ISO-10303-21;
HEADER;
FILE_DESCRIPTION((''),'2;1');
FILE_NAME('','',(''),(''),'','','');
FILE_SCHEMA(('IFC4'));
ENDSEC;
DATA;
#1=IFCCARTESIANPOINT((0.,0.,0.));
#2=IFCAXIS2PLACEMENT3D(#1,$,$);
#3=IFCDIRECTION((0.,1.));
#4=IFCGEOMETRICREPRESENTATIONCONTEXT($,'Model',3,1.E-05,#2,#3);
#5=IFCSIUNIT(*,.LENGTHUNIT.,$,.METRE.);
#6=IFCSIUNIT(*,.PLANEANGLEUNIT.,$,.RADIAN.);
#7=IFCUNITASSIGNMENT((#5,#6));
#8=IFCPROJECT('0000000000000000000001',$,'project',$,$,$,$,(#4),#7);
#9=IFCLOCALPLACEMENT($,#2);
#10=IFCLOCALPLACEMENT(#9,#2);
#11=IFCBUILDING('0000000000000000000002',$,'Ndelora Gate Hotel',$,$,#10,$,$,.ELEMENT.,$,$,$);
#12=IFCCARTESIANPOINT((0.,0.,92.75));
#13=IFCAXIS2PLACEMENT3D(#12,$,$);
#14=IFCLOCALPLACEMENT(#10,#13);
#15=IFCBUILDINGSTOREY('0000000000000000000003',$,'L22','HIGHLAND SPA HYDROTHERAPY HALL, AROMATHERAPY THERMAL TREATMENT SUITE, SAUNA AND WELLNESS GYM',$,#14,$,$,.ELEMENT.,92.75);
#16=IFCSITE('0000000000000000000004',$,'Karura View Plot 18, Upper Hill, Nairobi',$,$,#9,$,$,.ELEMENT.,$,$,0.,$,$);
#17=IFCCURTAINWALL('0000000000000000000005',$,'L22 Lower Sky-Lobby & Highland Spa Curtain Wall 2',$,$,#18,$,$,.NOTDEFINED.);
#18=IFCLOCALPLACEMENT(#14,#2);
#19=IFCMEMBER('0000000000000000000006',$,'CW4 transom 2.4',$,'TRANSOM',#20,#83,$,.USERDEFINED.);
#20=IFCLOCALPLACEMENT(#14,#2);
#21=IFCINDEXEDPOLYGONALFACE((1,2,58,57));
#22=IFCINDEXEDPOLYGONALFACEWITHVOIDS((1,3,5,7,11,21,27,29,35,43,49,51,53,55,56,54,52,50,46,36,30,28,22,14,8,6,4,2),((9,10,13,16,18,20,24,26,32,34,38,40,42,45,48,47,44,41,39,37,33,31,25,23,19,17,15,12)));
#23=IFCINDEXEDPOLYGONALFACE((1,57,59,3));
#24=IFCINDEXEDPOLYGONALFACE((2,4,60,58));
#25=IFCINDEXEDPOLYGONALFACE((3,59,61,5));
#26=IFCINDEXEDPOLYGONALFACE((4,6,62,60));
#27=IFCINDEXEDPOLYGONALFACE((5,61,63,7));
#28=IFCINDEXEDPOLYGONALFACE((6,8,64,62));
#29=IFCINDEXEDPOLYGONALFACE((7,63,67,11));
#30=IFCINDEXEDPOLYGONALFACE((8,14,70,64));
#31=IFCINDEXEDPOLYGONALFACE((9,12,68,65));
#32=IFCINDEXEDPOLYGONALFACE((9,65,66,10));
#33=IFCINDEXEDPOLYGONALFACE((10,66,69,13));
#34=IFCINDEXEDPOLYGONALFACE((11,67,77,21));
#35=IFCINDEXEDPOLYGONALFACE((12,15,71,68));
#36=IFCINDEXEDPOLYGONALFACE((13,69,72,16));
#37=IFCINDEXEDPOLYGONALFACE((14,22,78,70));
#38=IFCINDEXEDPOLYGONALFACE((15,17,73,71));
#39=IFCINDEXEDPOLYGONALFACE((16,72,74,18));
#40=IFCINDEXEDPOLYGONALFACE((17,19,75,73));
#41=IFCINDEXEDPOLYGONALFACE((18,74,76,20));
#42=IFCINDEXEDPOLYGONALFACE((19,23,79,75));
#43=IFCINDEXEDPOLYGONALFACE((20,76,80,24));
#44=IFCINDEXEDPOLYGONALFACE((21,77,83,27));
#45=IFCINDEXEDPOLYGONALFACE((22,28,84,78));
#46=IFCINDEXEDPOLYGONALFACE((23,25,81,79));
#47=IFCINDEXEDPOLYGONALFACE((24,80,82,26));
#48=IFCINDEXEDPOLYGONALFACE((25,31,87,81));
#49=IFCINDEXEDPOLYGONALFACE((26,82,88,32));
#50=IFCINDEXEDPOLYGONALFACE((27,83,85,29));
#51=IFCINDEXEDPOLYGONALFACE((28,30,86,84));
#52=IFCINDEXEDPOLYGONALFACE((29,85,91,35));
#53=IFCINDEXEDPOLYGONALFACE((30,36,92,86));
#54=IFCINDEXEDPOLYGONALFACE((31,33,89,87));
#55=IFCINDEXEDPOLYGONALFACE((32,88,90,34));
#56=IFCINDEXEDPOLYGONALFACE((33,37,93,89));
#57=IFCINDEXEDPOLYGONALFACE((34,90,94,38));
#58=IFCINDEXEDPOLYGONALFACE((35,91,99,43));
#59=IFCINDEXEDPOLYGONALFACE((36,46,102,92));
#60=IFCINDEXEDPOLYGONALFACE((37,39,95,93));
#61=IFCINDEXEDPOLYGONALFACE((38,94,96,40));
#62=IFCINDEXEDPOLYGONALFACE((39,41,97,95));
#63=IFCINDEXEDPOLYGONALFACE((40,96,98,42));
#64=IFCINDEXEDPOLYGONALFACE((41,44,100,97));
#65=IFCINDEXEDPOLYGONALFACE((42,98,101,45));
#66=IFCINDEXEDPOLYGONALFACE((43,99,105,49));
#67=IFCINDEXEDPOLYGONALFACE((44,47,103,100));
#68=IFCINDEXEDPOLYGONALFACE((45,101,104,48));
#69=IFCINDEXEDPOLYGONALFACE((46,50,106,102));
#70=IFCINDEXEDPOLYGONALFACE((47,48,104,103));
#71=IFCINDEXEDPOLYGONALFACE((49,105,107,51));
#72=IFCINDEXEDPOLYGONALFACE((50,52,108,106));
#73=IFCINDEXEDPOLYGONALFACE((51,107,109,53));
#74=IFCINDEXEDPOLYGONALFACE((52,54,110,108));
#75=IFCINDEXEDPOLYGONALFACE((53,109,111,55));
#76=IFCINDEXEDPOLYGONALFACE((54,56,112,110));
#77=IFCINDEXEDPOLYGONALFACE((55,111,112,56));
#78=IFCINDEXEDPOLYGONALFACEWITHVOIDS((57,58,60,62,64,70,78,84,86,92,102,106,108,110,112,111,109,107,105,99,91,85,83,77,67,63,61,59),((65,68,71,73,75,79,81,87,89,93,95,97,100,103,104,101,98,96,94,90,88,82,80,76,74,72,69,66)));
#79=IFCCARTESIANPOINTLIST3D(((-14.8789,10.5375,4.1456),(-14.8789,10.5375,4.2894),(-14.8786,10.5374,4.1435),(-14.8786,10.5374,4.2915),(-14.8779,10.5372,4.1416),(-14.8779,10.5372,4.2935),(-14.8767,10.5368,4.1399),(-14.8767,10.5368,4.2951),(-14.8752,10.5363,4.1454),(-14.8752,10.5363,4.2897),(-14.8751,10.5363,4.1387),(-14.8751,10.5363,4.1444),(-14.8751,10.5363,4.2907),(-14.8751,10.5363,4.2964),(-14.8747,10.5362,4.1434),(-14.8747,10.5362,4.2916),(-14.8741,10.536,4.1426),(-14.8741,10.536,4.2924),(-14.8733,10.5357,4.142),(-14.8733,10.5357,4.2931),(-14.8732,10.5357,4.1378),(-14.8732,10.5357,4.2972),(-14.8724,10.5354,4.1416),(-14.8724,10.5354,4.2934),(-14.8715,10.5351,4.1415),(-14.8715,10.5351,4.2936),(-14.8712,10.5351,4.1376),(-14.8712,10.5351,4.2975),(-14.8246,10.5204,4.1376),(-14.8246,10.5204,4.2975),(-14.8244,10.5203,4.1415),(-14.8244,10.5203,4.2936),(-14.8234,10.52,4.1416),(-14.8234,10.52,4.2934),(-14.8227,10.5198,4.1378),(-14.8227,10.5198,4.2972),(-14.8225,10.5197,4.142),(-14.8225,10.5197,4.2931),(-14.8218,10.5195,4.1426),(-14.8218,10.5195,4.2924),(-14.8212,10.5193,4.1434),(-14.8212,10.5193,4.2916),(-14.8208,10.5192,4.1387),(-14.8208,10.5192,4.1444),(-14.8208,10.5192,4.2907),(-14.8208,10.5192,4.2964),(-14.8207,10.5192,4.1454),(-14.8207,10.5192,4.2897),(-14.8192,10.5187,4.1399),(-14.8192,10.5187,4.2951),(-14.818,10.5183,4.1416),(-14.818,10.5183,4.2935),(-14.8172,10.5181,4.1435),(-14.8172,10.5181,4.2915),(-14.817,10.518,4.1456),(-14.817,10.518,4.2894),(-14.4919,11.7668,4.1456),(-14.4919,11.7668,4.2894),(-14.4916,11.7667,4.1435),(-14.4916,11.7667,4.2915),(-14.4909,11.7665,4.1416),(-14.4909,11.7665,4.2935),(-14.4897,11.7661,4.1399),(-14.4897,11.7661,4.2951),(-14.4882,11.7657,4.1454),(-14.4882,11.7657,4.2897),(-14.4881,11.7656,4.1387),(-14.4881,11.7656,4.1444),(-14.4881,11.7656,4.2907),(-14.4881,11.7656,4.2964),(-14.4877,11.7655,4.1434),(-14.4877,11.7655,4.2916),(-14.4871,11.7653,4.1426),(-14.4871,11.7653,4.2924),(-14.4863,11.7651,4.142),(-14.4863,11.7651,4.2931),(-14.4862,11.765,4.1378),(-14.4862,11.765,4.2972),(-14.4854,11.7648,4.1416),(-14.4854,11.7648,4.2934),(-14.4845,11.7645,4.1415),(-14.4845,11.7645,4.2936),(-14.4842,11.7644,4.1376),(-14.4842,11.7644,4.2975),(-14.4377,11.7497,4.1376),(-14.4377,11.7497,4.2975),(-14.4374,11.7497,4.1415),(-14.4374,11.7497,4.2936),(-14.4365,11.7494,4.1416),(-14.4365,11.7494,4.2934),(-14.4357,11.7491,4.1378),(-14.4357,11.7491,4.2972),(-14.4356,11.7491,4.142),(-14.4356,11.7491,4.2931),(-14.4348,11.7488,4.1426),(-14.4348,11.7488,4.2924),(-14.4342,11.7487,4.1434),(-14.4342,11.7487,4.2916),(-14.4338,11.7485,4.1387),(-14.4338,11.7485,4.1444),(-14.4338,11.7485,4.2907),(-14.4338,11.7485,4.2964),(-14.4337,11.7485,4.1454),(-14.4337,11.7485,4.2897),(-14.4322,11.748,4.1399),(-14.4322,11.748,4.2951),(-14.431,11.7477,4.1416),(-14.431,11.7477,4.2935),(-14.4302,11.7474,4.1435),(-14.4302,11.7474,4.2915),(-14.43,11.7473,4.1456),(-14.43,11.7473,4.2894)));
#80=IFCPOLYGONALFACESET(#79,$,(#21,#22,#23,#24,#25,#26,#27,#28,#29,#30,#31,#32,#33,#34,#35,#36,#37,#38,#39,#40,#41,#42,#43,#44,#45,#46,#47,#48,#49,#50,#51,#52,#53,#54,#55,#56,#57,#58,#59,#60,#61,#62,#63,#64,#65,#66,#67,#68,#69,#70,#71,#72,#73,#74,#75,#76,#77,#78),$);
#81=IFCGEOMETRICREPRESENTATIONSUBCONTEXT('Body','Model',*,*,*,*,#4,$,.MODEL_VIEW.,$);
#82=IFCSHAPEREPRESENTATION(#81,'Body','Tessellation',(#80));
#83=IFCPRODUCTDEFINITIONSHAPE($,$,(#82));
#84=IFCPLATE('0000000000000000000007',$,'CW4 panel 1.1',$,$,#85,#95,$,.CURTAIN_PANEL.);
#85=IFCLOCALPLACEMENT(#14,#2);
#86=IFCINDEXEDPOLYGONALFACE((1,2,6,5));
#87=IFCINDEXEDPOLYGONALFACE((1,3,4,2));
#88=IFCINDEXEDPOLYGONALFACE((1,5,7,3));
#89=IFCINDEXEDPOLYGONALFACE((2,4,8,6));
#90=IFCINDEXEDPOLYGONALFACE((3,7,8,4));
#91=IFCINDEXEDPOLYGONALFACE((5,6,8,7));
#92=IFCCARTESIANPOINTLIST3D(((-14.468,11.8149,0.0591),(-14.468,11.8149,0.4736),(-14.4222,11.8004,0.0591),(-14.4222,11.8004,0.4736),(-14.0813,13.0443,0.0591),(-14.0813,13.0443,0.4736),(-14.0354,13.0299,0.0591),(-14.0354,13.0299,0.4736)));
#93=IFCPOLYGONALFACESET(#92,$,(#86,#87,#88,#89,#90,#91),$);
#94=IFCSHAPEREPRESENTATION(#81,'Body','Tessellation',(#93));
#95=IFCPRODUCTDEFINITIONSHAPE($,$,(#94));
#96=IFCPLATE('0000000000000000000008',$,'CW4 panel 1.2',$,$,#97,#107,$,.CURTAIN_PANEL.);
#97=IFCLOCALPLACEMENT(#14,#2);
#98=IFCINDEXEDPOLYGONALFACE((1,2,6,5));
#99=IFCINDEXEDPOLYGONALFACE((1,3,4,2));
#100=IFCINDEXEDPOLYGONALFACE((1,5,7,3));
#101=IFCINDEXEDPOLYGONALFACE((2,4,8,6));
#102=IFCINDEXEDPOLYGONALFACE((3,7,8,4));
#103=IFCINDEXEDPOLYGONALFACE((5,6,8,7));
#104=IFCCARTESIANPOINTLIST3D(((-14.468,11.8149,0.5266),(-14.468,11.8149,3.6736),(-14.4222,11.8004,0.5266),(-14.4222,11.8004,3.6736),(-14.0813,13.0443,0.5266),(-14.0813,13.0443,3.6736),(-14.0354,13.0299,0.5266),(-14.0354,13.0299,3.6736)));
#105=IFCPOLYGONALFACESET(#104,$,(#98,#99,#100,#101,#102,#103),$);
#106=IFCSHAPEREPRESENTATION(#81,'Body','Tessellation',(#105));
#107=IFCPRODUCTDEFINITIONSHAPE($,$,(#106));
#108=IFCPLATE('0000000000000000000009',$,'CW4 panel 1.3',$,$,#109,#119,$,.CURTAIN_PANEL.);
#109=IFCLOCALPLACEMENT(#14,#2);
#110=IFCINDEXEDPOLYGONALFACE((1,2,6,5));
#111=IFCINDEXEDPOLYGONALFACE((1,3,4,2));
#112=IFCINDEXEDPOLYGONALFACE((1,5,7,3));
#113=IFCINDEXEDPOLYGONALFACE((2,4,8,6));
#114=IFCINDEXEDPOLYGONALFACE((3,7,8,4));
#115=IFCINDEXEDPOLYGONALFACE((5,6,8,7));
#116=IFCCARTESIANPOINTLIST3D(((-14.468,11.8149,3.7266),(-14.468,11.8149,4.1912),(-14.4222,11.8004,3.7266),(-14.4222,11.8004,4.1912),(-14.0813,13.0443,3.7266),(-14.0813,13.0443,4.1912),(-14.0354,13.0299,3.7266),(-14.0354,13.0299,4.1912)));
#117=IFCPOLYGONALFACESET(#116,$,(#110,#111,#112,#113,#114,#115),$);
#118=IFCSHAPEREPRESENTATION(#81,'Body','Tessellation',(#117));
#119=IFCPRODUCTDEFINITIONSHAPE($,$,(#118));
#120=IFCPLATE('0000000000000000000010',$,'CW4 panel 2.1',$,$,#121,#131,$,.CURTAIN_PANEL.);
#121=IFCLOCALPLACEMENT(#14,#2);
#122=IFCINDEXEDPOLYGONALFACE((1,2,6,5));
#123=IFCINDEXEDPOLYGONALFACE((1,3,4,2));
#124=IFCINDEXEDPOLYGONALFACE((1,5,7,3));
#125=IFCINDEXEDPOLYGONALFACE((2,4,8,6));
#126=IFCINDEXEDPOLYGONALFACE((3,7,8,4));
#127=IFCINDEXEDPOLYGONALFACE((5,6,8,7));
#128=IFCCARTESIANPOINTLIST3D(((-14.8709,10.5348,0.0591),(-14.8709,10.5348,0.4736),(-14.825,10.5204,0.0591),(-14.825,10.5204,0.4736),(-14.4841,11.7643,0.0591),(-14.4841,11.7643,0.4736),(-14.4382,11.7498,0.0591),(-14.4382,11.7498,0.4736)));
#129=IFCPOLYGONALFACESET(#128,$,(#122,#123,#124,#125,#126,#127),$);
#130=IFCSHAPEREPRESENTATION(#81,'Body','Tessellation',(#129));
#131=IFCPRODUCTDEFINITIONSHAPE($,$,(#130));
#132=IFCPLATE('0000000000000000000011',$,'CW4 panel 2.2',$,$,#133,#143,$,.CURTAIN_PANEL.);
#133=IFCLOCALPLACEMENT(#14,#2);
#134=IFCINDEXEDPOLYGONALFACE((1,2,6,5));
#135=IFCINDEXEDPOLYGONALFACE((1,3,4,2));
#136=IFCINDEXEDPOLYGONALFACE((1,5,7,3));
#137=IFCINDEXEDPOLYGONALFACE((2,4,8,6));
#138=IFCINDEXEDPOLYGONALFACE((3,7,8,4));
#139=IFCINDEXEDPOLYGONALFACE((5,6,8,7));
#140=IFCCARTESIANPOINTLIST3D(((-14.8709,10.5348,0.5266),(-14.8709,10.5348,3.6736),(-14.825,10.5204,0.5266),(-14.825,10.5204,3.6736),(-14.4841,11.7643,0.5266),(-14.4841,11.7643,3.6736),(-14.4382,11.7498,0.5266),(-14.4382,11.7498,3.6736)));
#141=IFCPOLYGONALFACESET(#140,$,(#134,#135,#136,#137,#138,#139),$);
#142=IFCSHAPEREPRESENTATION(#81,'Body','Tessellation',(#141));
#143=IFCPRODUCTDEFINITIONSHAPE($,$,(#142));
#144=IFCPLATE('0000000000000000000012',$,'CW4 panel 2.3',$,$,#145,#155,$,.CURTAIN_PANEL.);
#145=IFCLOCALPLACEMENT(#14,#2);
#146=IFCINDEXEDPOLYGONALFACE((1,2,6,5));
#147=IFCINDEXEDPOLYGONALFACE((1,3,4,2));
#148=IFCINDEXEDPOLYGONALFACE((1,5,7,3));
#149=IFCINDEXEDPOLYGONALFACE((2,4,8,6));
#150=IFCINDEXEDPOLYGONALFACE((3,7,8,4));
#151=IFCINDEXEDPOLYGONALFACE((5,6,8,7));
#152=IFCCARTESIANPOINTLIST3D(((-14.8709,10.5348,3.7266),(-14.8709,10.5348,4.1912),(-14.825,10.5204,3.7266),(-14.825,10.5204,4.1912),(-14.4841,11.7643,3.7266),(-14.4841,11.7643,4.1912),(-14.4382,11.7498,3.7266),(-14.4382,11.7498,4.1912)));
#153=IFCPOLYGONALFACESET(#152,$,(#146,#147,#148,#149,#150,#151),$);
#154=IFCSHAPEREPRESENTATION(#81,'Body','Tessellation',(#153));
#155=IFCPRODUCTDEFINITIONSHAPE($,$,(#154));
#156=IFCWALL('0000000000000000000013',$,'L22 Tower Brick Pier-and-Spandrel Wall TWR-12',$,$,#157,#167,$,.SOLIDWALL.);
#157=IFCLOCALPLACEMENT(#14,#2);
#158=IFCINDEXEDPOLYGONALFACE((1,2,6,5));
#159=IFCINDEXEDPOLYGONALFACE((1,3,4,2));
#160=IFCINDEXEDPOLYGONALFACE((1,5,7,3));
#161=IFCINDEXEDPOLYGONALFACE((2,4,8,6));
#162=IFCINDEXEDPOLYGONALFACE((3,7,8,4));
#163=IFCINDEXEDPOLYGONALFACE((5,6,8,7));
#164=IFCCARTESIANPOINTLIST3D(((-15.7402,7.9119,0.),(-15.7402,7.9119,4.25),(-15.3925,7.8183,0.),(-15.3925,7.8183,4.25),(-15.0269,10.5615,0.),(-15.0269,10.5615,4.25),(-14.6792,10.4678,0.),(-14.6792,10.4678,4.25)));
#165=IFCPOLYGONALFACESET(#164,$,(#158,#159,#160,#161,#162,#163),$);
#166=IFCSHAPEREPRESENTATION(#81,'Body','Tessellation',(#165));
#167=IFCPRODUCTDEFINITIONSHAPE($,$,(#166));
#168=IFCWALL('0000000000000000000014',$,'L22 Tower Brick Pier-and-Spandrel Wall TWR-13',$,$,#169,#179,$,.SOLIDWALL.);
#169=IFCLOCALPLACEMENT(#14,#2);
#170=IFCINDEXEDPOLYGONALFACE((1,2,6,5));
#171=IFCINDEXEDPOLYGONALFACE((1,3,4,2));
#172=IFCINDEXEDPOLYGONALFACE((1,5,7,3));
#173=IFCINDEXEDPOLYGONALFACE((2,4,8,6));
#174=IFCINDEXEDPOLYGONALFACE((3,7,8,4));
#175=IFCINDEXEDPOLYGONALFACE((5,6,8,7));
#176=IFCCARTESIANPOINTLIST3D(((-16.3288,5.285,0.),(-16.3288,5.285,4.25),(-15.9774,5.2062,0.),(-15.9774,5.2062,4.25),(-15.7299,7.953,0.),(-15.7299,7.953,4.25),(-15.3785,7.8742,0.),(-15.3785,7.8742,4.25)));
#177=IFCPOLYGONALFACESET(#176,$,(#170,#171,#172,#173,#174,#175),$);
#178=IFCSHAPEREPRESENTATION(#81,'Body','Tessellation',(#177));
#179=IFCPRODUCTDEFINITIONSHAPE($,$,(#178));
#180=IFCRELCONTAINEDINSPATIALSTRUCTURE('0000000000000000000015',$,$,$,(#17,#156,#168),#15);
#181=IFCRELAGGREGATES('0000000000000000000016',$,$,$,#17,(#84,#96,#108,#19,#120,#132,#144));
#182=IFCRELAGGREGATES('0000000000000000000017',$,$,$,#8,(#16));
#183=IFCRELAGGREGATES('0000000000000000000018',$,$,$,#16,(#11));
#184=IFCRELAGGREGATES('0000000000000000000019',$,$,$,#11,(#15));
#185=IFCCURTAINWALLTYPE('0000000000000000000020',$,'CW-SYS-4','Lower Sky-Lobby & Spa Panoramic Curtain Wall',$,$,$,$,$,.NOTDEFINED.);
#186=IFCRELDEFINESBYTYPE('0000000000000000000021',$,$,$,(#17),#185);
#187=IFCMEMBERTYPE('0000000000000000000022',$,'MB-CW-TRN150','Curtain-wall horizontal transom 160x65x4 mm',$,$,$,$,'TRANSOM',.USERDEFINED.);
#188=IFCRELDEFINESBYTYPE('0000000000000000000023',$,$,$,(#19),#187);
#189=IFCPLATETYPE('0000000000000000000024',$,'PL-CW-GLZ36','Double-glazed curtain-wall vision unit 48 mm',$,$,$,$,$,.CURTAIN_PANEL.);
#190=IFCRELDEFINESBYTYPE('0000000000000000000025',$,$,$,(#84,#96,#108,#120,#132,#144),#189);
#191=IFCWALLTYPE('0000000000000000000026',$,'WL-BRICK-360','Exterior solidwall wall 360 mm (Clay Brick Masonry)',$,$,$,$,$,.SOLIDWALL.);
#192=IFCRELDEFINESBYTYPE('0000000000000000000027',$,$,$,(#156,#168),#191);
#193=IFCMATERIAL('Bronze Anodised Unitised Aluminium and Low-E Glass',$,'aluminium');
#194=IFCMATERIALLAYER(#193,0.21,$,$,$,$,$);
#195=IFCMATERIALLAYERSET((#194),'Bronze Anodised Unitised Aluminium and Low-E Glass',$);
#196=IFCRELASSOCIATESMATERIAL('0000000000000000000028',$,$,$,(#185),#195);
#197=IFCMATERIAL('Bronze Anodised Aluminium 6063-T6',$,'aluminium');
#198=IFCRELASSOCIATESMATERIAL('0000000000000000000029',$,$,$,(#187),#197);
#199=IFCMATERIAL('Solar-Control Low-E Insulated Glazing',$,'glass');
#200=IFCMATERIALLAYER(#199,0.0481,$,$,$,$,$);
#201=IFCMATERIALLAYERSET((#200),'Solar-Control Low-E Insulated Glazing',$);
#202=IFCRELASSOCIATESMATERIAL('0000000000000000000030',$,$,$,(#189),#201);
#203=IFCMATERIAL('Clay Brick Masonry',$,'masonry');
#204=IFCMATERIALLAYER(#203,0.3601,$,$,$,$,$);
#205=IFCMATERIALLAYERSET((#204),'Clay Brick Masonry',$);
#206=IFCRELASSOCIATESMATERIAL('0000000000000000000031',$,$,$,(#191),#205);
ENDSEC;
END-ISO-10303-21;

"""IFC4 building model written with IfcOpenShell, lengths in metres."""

from ifc_helpers import new_model, si_unit, direction, frame, frame_2d, origin, origin_2d, place, context, subcontext, project, spatial, rectangle, hollow_rectangle, extrude, material, layer, layer_set, material_profile, profile_set, type_object, element, aggregate, save


model = new_model("IFC4")

# Units and contexts
model_context = context("Model", 3, precision=1e-05, world=origin(), true_north=direction((0.0, 1.0)))
body_context = subcontext(model_context, "Body", "Model", "MODEL_VIEW")
ifc_project = project(units=[si_unit("LENGTHUNIT", "METRE"), si_unit("PLANEANGLEUNIT", "RADIAN")], contexts=[model_context])

# Site, building, storey
site_placement = place(None, origin())
site = spatial("IfcSite", under=ifc_project, at=site_placement, Name="Karura View Plot 18, Upper Hill, Nairobi", CompositionType="ELEMENT", RefElevation=0.0)
building_placement = place(site_placement, origin())
building = spatial("IfcBuilding", under=site, at=building_placement, Name="Ndelora Gate Hotel", CompositionType="ELEMENT")
storey_placement = place(building_placement, frame((0.0, 0.0, 92.75)))
storey = spatial("IfcBuildingStorey", under=building, at=storey_placement, Name="L22", Description="HIGHLAND SPA HYDROTHERAPY HALL, AROMATHERAPY THERMAL TREATMENT SUITE, SAUNA AND WELLNESS GYM", CompositionType="ELEMENT", Elevation=92.75)

# Curtain wall, member, plates
ifc_material_1 = material(Name="Bronze Anodised Unitised Aluminium and Low-E Glass", Category="aluminium")
ifc_layer_1 = layer(ifc_material_1, 0.21)
ifc_layer_set_1 = layer_set([ifc_layer_1], Name="Bronze Anodised Unitised Aluminium and Low-E Glass")
curtain_wall_type = type_object("IfcCurtainWallType", Name="CW-SYS-4", Description="Lower Sky-Lobby & Spa Panoramic Curtain Wall", PredefinedType="NOTDEFINED", material=ifc_layer_set_1)
curtain_wall_placement = place(storey_placement, origin())
curtain_wall = element("IfcCurtainWall", 1, at=curtain_wall_placement, inside=storey, type_object=curtain_wall_type, Name="L22 Lower Sky-Lobby & Highland Spa Curtain Wall 2", PredefinedType="NOTDEFINED")
ifc_material_2 = material(Name="Bronze Anodised Aluminium 6063-T6", Category="aluminium")
ifc_material_profile_1 = material_profile(ifc_material_2, hollow_rectangle(XDim=0.0649, YDim=0.1599, WallThickness=0.0039, InnerFilletRadius=0.0039, OuterFilletRadius=0.0081, at=origin_2d()), Name="ALU 160x65x4")
ifc_profile_set_1 = profile_set([ifc_material_profile_1], Name="Bronze Anodised Aluminium 6063-T6")
member_type_1 = type_object("IfcMemberType", Name="MB-CW-TRN150", Description="Curtain-wall horizontal transom 160x65x4 mm", ElementType="TRANSOM", PredefinedType="USERDEFINED", material=ifc_profile_set_1)
member_1_placement = place(storey_placement, frame((-14.4609, 11.7571, 4.2175), z_axis=(-0.30027, -0.953854, 0.0), x_axis=(0.953854, -0.30027, 0.0)))
member_1 = element("IfcMember", 2, at=member_1_placement, type_object=member_type_1, Name="CW4 transom 2.4", ObjectType="TRANSOM", PredefinedType="USERDEFINED", context=body_context, shape_type="SweptSolid", body=[
    extrude(hollow_rectangle(XDim=0.0649, YDim=0.1599, WallThickness=0.0039, InnerFilletRadius=0.0039, OuterFilletRadius=0.0081, at=origin_2d()), origin(), (0.0, 0.0, 1.0), 1.2888),
])
ifc_material_3 = material(Name="Solar-Control Low-E Insulated Glazing", Category="glass")
ifc_layer_2 = layer(ifc_material_3, 0.0481)
ifc_layer_set_2 = layer_set([ifc_layer_2], Name="Solar-Control Low-E Insulated Glazing")
plate_type = type_object("IfcPlateType", Name="PL-CW-GLZ36", Description="Double-glazed curtain-wall vision unit 48 mm", PredefinedType="CURTAIN_PANEL", material=ifc_layer_set_2)
plate_1_placement = place(storey_placement, frame((-14.2517, 12.4224, 0.0591), z_axis=(0.0, 0.0, 1.0), x_axis=(-0.300093, -0.95391, 0.0)))
plate_1 = element("IfcPlate", 3, at=plate_1_placement, type_object=plate_type, Name="CW4 panel 1.1", PredefinedType="CURTAIN_PANEL", context=body_context, shape_type="SweptSolid", body=[
    extrude(rectangle(XDim=1.2888, YDim=0.0481, at=origin_2d()), origin(), (0.0, 0.0, 1.0), 0.4146),
])
plate_2_placement = place(storey_placement, frame((-14.2517, 12.4224, 0.5266), z_axis=(0.0, 0.0, 1.0), x_axis=(-0.300093, -0.95391, 0.0)))
plate_2 = element("IfcPlate", 4, at=plate_2_placement, type_object=plate_type, Name="CW4 panel 1.2", PredefinedType="CURTAIN_PANEL", context=body_context, shape_type="SweptSolid", body=[
    extrude(rectangle(XDim=1.2888, YDim=0.0481, at=origin_2d()), origin(), (0.0, 0.0, 1.0), 3.147),
])
plate_3_placement = place(storey_placement, frame((-14.2517, 12.4224, 3.7266), z_axis=(0.0, 0.0, 1.0), x_axis=(-0.300093, -0.95391, 0.0)))
plate_3 = element("IfcPlate", 5, at=plate_3_placement, type_object=plate_type, Name="CW4 panel 1.3", PredefinedType="CURTAIN_PANEL", context=body_context, shape_type="SweptSolid", body=[
    extrude(rectangle(XDim=1.2888, YDim=0.0481, at=origin_2d()), origin(), (0.0, 0.0, 1.0), 0.4646),
])
plate_4_placement = place(storey_placement, frame((-14.6545, 11.1423, 0.0591), z_axis=(0.0, 0.0, 1.0), x_axis=(-0.300093, -0.95391, 0.0)))
plate_4 = element("IfcPlate", 6, at=plate_4_placement, type_object=plate_type, Name="CW4 panel 2.1", PredefinedType="CURTAIN_PANEL", context=body_context, shape_type="SweptSolid", body=[
    extrude(rectangle(XDim=1.2888, YDim=0.0481, at=origin_2d()), origin(), (0.0, 0.0, 1.0), 0.4146),
])
plate_5_placement = place(storey_placement, frame((-14.6545, 11.1423, 0.5266), z_axis=(0.0, 0.0, 1.0), x_axis=(-0.300093, -0.95391, 0.0)))
plate_5 = element("IfcPlate", 7, at=plate_5_placement, type_object=plate_type, Name="CW4 panel 2.2", PredefinedType="CURTAIN_PANEL", context=body_context, shape_type="SweptSolid", body=[
    extrude(rectangle(XDim=1.2888, YDim=0.0481, at=origin_2d()), origin(), (0.0, 0.0, 1.0), 3.147),
])
plate_6_placement = place(storey_placement, frame((-14.6545, 11.1423, 3.7266), z_axis=(0.0, 0.0, 1.0), x_axis=(-0.300093, -0.95391, 0.0)))
plate_6 = element("IfcPlate", 8, at=plate_6_placement, type_object=plate_type, Name="CW4 panel 2.3", PredefinedType="CURTAIN_PANEL", context=body_context, shape_type="SweptSolid", body=[
    extrude(rectangle(XDim=1.2888, YDim=0.0481, at=origin_2d()), origin(), (0.0, 0.0, 1.0), 0.4646),
])
aggregate(curtain_wall, [plate_1, plate_2, plate_3, member_1, plate_4, plate_5, plate_6])

# Walls
ifc_material_4 = material(Name="Clay Brick Masonry", Category="masonry")
ifc_layer_3 = layer(ifc_material_4, 0.3601)
ifc_layer_set_3 = layer_set([ifc_layer_3], Name="Clay Brick Masonry")
wall_type = type_object("IfcWallType", Name="WL-BRICK-360", Description="Exterior solidwall wall 360 mm (Clay Brick Masonry)", PredefinedType="SOLIDWALL", material=ifc_layer_set_3)
wall_1_placement = place(storey_placement, frame((-15.5664, 7.865, 0.0), z_axis=(0.0, 0.0, 1.0), x_axis=(0.259977, 0.965615, 0.0)))
element("IfcWall", 9, at=wall_1_placement, inside=storey, type_object=wall_type, Name="L22 Tower Brick Pier-and-Spandrel Wall TWR-12", PredefinedType="SOLIDWALL", context=body_context, shape_type="SweptSolid", body=[
    extrude(rectangle(XDim=2.7439, YDim=0.3601, at=frame_2d((1.3721, 0.0))), origin(), (0.0, 0.0, 1.0), 4.25),
])
wall_2_placement = place(storey_placement, frame((-16.1531, 5.2456, 0.0), z_axis=(0.0, 0.0, 1.0), x_axis=(0.219019, 0.975721, 0.0)))
element("IfcWall", 10, at=wall_2_placement, inside=storey, type_object=wall_type, Name="L22 Tower Brick Pier-and-Spandrel Wall TWR-13", PredefinedType="SOLIDWALL", context=body_context, shape_type="SweptSolid", body=[
    extrude(rectangle(XDim=2.7344, YDim=0.3601, at=frame_2d((1.3672, 0.0))), origin(), (0.0, 0.0, 1.0), 4.25),
])

save(model, "model.ifc")
